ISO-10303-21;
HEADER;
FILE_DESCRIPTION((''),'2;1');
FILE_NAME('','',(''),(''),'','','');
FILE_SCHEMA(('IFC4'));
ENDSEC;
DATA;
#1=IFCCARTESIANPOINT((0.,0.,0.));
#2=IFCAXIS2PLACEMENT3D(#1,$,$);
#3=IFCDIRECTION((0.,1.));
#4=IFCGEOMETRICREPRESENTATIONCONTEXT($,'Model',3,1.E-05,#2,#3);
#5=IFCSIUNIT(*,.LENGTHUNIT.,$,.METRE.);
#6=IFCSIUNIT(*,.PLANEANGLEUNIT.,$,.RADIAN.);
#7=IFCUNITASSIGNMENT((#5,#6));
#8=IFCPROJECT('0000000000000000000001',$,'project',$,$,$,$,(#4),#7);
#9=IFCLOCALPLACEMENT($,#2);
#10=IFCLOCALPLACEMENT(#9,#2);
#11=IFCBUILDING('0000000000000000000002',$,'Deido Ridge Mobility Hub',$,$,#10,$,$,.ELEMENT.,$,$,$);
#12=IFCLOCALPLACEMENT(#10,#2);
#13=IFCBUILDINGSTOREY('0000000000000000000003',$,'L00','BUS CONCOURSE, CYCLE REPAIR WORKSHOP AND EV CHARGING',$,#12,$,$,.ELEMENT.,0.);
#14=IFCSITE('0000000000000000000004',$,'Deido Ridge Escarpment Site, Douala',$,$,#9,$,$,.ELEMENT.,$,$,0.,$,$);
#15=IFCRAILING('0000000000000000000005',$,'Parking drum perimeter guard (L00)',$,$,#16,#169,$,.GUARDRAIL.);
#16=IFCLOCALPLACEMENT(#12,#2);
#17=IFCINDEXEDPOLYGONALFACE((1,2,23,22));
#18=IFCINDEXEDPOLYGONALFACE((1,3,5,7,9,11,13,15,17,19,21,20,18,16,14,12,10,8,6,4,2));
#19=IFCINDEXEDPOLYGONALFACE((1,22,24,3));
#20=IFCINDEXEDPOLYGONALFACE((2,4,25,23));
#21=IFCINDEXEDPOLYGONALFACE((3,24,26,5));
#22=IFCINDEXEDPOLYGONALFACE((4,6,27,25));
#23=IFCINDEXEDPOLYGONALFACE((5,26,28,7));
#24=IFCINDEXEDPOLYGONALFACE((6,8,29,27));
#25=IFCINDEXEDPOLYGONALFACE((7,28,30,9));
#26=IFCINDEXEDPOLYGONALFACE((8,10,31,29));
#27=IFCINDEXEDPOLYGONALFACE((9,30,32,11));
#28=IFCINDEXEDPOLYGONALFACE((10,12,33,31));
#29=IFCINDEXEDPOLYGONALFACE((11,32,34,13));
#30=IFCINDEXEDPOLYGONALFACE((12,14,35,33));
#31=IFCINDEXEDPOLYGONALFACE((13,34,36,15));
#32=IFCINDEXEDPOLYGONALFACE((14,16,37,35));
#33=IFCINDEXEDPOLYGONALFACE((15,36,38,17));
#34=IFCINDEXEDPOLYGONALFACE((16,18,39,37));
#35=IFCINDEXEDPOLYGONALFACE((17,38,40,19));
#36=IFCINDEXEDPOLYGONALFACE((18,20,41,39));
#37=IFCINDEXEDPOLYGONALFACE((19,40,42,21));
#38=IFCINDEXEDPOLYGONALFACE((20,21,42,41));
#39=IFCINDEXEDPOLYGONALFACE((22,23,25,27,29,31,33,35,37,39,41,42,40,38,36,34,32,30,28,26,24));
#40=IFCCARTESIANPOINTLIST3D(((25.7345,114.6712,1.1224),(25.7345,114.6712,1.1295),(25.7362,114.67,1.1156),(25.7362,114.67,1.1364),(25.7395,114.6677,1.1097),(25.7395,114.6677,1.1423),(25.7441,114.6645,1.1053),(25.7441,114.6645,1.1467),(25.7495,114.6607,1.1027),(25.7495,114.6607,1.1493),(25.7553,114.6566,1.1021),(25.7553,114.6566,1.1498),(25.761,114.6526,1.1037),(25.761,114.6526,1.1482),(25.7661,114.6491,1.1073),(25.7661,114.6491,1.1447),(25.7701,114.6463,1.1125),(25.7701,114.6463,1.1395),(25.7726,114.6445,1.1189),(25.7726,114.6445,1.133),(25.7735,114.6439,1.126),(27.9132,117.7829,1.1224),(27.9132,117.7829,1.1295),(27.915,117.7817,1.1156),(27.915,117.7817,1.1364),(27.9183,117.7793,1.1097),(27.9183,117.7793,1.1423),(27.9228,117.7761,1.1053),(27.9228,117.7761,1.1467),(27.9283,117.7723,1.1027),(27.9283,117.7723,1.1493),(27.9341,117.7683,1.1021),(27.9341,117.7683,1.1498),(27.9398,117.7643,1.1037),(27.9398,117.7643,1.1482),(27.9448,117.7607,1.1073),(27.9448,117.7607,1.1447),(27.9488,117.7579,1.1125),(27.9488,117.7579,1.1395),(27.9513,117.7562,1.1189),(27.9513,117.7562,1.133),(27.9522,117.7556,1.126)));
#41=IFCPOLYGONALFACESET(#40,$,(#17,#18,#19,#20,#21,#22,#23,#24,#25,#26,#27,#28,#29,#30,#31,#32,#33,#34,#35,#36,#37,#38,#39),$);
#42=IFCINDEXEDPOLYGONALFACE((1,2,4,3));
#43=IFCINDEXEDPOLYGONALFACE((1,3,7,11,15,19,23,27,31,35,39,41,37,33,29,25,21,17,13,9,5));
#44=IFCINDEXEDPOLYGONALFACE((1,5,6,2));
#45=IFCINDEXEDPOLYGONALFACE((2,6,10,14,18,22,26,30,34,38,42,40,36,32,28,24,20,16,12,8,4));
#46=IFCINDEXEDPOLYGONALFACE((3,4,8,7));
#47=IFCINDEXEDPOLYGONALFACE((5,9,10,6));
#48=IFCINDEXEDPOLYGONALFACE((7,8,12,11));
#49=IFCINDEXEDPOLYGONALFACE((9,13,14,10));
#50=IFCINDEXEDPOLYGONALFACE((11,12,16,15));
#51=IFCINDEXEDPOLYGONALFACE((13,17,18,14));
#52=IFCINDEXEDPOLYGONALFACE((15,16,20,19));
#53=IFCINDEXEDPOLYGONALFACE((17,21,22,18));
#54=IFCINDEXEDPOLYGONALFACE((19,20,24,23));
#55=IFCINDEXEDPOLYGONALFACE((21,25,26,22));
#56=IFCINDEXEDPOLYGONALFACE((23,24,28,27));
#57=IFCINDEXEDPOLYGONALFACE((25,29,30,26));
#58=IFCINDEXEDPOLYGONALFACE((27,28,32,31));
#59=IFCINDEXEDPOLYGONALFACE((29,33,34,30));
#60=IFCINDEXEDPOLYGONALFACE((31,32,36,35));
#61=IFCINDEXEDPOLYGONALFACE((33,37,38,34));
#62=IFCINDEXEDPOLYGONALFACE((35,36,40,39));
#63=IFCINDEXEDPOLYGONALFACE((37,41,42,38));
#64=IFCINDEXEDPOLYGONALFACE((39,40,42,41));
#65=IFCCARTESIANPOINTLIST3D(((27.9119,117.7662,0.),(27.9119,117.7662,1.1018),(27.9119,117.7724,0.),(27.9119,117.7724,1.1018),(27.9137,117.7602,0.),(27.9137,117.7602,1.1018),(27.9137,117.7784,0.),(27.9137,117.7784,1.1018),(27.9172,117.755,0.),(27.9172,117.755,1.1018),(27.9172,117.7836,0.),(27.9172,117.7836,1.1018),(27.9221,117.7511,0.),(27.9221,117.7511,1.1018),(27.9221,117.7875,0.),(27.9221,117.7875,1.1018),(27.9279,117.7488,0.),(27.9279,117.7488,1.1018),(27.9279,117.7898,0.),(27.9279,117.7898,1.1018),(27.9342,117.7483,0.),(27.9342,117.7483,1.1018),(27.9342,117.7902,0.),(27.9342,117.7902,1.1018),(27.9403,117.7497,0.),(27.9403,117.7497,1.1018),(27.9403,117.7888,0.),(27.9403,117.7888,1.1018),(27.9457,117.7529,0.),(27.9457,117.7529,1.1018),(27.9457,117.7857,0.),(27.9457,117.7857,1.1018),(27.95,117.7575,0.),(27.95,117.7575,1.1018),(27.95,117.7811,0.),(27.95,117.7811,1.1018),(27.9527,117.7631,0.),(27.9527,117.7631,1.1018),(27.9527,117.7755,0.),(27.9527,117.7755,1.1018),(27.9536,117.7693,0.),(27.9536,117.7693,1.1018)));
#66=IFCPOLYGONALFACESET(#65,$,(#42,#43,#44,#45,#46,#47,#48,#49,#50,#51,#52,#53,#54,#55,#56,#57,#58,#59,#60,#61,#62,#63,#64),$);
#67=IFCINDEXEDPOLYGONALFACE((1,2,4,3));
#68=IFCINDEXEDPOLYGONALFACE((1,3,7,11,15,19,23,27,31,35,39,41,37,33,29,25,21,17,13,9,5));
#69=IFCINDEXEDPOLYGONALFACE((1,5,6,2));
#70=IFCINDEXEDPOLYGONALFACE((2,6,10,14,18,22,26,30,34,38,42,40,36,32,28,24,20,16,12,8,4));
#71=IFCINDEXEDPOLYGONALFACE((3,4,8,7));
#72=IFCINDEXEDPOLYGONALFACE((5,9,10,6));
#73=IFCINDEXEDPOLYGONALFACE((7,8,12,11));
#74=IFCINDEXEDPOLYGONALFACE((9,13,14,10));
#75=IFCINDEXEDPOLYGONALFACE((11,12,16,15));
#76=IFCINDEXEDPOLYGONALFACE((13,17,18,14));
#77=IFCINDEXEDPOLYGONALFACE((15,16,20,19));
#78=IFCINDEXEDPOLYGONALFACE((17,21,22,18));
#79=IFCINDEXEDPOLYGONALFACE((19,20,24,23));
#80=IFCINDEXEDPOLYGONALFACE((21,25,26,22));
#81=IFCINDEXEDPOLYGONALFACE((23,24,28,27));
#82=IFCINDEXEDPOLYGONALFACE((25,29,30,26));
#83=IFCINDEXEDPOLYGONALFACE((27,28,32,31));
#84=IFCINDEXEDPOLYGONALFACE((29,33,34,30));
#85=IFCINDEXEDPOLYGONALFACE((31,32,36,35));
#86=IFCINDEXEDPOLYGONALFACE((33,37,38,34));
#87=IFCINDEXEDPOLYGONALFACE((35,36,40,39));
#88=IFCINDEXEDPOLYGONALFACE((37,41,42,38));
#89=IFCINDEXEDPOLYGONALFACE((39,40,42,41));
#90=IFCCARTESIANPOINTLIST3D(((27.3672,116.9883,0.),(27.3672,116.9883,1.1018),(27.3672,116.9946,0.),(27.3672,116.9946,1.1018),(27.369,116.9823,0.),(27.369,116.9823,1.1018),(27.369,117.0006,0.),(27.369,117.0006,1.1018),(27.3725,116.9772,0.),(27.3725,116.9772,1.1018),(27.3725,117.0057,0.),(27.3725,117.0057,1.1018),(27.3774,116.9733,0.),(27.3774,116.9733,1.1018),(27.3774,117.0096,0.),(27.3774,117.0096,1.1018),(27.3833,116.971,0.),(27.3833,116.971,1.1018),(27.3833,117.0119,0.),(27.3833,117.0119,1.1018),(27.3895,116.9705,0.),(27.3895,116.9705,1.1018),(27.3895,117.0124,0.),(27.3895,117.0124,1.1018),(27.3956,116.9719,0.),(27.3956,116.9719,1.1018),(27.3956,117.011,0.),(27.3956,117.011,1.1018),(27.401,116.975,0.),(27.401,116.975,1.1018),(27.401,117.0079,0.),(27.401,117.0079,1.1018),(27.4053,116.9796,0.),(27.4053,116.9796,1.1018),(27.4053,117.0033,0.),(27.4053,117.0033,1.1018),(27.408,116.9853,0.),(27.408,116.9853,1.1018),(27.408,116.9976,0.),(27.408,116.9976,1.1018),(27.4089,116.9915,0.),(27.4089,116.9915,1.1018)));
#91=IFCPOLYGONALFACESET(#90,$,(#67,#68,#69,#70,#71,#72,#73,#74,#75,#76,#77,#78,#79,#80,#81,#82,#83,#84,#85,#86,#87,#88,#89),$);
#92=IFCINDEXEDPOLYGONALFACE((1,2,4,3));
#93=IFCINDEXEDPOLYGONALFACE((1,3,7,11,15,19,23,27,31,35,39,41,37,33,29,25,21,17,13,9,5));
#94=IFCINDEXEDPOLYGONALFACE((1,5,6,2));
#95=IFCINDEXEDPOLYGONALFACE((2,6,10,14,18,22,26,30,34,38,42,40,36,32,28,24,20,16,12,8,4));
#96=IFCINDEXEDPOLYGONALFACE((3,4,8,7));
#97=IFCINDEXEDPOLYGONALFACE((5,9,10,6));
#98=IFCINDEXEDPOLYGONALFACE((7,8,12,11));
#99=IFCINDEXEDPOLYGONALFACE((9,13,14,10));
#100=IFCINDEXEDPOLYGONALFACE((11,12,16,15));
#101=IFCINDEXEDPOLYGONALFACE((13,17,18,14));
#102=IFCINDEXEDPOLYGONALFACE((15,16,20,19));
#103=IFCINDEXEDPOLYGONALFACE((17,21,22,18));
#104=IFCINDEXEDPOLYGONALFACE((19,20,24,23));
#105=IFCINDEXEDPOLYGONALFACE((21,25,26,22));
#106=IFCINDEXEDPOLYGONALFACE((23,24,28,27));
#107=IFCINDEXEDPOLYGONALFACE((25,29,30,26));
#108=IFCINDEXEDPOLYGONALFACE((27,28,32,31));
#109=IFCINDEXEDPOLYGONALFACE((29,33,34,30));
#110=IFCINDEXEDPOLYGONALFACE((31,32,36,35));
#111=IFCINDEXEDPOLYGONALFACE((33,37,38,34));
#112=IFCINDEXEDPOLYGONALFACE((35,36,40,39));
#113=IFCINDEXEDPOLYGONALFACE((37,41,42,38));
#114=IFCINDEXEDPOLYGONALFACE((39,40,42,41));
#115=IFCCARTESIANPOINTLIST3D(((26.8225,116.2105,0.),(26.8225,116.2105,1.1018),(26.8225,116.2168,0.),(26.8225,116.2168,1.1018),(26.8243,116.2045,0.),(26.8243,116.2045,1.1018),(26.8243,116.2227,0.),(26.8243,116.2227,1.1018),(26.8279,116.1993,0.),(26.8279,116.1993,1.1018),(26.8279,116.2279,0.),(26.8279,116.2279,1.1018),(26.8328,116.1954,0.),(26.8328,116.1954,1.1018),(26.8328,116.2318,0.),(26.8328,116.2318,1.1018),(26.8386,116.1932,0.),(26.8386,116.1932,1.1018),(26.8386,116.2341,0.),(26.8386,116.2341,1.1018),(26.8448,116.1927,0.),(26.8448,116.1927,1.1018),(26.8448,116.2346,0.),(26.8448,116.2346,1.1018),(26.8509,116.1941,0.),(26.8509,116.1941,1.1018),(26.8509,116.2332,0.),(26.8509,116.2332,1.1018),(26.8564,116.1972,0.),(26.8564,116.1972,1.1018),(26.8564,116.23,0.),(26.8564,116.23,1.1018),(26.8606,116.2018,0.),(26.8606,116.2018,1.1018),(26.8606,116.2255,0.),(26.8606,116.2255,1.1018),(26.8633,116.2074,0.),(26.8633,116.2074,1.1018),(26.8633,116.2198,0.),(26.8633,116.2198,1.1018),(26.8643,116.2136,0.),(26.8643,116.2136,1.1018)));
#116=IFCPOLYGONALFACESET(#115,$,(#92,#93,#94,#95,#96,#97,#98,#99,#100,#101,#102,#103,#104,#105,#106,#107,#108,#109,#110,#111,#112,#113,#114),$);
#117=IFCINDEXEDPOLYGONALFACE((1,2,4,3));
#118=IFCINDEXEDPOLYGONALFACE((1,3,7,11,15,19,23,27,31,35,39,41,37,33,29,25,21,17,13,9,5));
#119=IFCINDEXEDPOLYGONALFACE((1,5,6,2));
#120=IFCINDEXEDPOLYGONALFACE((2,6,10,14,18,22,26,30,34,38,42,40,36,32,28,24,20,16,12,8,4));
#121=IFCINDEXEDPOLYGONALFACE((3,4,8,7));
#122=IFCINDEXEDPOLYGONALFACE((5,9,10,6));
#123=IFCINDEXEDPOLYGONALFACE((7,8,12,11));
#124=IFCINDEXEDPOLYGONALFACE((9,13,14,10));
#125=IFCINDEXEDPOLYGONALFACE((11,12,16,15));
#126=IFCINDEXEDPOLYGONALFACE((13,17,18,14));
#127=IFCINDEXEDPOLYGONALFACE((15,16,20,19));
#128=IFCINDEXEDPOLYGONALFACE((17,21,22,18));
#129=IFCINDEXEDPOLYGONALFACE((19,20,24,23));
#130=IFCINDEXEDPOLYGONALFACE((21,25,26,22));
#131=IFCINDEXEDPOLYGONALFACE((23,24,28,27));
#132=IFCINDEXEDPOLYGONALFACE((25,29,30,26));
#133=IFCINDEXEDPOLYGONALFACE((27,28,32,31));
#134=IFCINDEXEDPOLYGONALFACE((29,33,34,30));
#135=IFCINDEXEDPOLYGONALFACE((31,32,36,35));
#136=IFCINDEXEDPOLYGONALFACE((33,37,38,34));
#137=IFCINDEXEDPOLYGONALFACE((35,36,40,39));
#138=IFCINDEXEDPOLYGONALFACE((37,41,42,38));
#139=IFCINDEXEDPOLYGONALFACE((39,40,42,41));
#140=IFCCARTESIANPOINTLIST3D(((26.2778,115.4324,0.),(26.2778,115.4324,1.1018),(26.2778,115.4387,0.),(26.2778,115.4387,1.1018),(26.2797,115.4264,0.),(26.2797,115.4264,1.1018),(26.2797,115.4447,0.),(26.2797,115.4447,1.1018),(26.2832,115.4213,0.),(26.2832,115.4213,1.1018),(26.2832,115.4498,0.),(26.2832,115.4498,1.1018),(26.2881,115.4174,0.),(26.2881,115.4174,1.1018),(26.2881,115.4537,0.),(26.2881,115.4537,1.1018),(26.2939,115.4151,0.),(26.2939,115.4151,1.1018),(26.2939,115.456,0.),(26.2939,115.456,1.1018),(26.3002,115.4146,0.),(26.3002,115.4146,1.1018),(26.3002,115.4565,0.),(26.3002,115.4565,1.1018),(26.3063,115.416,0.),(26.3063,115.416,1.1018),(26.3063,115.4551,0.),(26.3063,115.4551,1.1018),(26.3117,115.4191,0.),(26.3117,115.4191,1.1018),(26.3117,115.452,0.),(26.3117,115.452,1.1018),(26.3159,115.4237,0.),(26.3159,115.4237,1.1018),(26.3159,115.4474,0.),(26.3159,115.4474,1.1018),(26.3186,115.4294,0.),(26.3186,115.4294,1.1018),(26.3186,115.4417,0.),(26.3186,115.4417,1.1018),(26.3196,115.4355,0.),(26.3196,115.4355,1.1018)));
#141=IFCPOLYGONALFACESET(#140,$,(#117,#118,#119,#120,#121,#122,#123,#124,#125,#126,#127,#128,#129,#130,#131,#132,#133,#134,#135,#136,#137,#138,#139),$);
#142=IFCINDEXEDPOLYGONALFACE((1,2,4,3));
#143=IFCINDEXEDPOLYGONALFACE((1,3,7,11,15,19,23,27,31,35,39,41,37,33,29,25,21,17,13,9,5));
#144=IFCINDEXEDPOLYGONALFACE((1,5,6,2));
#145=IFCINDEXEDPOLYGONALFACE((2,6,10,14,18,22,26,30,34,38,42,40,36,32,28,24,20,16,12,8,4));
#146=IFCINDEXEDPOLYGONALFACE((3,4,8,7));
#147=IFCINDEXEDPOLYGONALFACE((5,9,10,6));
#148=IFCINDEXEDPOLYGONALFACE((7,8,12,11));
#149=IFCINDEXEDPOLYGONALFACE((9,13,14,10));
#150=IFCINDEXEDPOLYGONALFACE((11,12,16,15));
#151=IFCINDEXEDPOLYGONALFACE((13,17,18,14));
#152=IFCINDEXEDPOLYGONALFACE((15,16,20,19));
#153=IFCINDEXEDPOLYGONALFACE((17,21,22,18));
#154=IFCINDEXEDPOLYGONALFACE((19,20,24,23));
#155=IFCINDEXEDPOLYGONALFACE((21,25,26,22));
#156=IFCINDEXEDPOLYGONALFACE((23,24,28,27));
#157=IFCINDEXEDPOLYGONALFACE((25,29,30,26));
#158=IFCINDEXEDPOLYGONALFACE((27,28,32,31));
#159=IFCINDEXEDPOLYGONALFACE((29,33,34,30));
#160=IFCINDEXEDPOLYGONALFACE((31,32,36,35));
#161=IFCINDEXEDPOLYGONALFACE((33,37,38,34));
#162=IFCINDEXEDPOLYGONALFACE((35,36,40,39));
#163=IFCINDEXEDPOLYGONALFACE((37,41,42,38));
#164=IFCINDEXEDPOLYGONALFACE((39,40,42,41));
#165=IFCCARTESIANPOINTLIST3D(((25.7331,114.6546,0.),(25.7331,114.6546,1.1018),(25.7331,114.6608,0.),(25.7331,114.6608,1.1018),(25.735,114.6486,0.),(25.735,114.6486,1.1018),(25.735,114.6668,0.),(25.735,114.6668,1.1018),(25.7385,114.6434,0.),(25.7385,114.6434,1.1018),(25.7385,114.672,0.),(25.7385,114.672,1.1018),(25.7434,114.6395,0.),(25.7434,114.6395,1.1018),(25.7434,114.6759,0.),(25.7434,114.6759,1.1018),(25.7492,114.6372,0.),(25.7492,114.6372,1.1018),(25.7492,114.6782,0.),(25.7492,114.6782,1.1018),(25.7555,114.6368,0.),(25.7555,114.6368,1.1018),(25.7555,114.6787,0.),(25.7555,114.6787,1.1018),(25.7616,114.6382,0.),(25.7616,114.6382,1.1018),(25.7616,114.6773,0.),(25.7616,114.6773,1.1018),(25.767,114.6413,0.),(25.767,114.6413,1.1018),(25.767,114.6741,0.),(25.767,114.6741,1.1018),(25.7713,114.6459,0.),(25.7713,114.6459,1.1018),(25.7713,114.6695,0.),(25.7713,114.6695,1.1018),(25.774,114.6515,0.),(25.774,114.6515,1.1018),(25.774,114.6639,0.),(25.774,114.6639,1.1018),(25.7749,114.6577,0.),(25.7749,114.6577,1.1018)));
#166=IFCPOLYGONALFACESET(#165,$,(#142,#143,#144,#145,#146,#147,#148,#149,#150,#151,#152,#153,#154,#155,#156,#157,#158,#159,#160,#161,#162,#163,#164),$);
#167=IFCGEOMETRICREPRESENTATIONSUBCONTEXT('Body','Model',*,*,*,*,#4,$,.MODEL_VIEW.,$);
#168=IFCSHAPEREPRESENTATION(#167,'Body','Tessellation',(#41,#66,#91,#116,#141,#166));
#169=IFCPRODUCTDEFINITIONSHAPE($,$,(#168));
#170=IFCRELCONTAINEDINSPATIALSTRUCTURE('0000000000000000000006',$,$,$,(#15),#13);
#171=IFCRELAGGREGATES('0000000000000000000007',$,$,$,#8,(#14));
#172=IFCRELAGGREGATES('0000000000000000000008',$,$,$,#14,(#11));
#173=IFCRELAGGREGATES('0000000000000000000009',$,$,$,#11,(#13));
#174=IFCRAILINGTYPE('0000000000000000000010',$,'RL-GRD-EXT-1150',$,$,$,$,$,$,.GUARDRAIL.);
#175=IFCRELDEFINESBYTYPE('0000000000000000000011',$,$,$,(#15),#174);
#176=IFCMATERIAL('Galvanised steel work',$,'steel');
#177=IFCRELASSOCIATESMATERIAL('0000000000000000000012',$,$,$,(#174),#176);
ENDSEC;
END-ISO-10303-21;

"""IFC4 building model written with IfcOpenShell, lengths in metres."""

from ifc_helpers import new_model, si_unit, direction, frame, origin, origin_2d, place, context, subcontext, project, spatial, circle, extrude, material, type_object, element, save


model = new_model("IFC4")

# Units and contexts
model_context = context("Model", 3, precision=1e-05, world=origin(), true_north=direction((0.0, 1.0)))
body_context = subcontext(model_context, "Body", "Model", "MODEL_VIEW")
ifc_project = project(units=[si_unit("LENGTHUNIT", "METRE"), si_unit("PLANEANGLEUNIT", "RADIAN")], contexts=[model_context])

# Site, building, storey
site_placement = place(None, origin())
site = spatial("IfcSite", under=ifc_project, at=site_placement, Name="Deido Ridge Escarpment Site, Douala", CompositionType="ELEMENT", RefElevation=0.0)
building_placement = place(site_placement, origin())
building = spatial("IfcBuilding", under=site, at=building_placement, Name="Deido Ridge Mobility Hub", CompositionType="ELEMENT")
storey_placement = place(building_placement, origin())
storey = spatial("IfcBuildingStorey", under=building, at=storey_placement, Name="L00", Description="BUS CONCOURSE, CYCLE REPAIR WORKSHOP AND EV CHARGING", CompositionType="ELEMENT", Elevation=0.0)

# Railing
ifc_material_1 = material(Name="Galvanised steel work", Category="steel")
railing_type = type_object("IfcRailingType", Name="RL-GRD-EXT-1150", PredefinedType="GUARDRAIL", material=ifc_material_1)
railing_1_placement = place(storey_placement, frame((27.9326, 117.7693, 0.0)))
element("IfcRailing", 1, at=railing_1_placement, inside=storey, type_object=railing_type, Name="Parking drum perimeter guard (L00)", PredefinedType="GUARDRAIL", context=body_context, shape_type="SweptSolid", body=[
    extrude(circle(Radius=0.0239, at=origin_2d()), frame((0.0, 0.0, 1.126), z_axis=(-0.57357, -0.819156, 0.0), x_axis=(0.819156, -0.57357, 0.0)), (0.0, 0.0, 1.0), 3.7986),
    extrude(circle(Radius=0.021, at=origin_2d()), origin(), (0.0, 0.0, 1.0), 1.1018),
    extrude(circle(Radius=0.021, at=origin_2d()), frame((-0.5447, -0.7778, 0.0)), (0.0, 0.0, 1.0), 1.1018),
    extrude(circle(Radius=0.021, at=origin_2d()), frame((-1.0894, -1.5557, 0.0)), (0.0, 0.0, 1.0), 1.1018),
    extrude(circle(Radius=0.021, at=origin_2d()), frame((-1.634, -2.3337, 0.0)), (0.0, 0.0, 1.0), 1.1018),
    extrude(circle(Radius=0.021, at=origin_2d()), frame((-2.1787, -3.1116, 0.0)), (0.0, 0.0, 1.0), 1.1018),
])

save(model, "model.ifc")
